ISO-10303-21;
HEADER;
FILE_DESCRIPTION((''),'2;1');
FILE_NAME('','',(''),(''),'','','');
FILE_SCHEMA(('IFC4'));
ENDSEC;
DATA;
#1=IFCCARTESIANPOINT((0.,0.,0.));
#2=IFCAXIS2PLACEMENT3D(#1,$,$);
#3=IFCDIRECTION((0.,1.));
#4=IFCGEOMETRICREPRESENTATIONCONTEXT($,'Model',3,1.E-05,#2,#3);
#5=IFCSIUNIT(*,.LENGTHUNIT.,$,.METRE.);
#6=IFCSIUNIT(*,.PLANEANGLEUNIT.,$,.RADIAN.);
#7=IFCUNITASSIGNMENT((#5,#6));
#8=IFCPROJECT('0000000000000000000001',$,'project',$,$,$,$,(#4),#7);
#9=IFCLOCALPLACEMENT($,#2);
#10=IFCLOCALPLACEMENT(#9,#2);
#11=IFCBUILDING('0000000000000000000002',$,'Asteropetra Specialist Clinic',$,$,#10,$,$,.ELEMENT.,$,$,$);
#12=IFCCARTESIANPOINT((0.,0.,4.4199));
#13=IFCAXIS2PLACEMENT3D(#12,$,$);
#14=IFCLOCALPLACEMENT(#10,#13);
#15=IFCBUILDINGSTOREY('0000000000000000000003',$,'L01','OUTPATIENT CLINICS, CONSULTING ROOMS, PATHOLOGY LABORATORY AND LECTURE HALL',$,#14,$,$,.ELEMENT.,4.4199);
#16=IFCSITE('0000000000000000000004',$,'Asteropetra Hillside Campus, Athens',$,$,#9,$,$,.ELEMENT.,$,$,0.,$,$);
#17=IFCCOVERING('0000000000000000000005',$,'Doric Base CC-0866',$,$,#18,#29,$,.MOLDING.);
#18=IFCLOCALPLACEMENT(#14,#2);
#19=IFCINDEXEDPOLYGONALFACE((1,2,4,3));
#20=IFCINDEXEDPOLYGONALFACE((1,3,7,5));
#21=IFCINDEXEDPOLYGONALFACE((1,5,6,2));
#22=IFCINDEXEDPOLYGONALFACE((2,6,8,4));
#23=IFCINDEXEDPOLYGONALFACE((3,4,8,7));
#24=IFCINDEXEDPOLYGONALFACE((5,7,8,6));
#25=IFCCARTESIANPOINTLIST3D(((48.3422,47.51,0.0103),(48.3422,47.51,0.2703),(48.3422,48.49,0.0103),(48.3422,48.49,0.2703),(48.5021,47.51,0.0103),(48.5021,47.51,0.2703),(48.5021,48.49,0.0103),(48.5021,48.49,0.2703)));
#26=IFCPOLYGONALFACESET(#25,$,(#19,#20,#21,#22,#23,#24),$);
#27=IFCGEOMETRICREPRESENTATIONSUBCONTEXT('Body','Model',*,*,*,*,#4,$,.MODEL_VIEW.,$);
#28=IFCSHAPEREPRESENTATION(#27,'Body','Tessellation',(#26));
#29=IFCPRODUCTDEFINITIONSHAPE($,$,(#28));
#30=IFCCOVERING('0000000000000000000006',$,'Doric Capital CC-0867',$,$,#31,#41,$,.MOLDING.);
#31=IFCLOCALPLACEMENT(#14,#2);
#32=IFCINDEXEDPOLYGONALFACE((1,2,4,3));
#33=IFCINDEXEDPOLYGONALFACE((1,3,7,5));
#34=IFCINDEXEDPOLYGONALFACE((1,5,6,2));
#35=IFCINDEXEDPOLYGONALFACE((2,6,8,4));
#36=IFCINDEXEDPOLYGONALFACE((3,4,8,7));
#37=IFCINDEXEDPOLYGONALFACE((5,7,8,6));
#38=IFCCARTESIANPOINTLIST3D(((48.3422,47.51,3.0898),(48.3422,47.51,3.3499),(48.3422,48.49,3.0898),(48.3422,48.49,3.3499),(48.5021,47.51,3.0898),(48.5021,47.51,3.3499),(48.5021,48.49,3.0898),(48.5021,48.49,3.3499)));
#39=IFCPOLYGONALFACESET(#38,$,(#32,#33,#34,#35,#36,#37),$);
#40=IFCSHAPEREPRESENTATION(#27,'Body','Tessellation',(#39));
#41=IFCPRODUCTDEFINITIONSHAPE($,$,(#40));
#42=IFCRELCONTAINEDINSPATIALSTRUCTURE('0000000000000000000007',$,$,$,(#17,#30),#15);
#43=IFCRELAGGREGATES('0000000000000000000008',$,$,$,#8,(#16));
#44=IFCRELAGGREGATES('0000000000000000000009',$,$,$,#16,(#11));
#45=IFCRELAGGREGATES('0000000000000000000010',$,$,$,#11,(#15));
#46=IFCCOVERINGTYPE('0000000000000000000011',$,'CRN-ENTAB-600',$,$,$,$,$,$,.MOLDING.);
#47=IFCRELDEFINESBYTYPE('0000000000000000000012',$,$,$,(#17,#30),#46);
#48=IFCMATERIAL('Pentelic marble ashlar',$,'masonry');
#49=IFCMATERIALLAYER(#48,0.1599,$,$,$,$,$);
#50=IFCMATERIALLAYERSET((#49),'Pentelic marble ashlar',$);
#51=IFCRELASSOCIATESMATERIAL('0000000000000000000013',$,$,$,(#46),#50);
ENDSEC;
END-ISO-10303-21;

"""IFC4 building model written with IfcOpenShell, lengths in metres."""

from ifc_helpers import new_model, si_unit, direction, frame, origin, origin_2d, place, context, subcontext, project, spatial, rectangle, extrude, material, layer, layer_set, type_object, element, save


model = new_model("IFC4")

# Units and contexts
model_context = context("Model", 3, precision=1e-05, world=origin(), true_north=direction((0.0, 1.0)))
body_context = subcontext(model_context, "Body", "Model", "MODEL_VIEW")
ifc_project = project(units=[si_unit("LENGTHUNIT", "METRE"), si_unit("PLANEANGLEUNIT", "RADIAN")], contexts=[model_context])

# Site, building, storey
site_placement = place(None, origin())
site = spatial("IfcSite", under=ifc_project, at=site_placement, Name="Asteropetra Hillside Campus, Athens", CompositionType="ELEMENT", RefElevation=0.0)
building_placement = place(site_placement, origin())
building = spatial("IfcBuilding", under=site, at=building_placement, Name="Asteropetra Specialist Clinic", CompositionType="ELEMENT")
storey_placement = place(building_placement, frame((0.0, 0.0, 4.4199)))
storey = spatial("IfcBuildingStorey", under=building, at=storey_placement, Name="L01", Description="OUTPATIENT CLINICS, CONSULTING ROOMS, PATHOLOGY LABORATORY AND LECTURE HALL", CompositionType="ELEMENT", Elevation=4.4199)

# Coverings
ifc_material_1 = material(Name="Pentelic marble ashlar", Category="masonry")
ifc_layer_1 = layer(ifc_material_1, 0.1599)
ifc_layer_set_1 = layer_set([ifc_layer_1], Name="Pentelic marble ashlar")
covering_type = type_object("IfcCoveringType", Name="CRN-ENTAB-600", PredefinedType="MOLDING", material=ifc_layer_set_1)
for number, where, z_axis, x_axis, name in (
    (1, (48.4221, 48.0, 0.0103), (0.0, 0.0, 1.0), (1.0, 0.0, 0.0), "Doric Base CC-0866"),
    (2, (48.4221, 48.0, 3.0898), (0.0, 0.0, 1.0), (1.0, 0.0, 0.0), "Doric Capital CC-0867"),
):
    element("IfcCovering", number, at=place(storey_placement, frame(where, z_axis=z_axis, x_axis=x_axis)), inside=storey, type_object=covering_type, Name=name, PredefinedType="MOLDING", context=body_context, shape_type="SweptSolid", body=[
        extrude(rectangle(XDim=0.1599, YDim=0.98, at=origin_2d()), origin(), (0.0, 0.0, 1.0), 0.26),
    ])

save(model, "model.ifc")
